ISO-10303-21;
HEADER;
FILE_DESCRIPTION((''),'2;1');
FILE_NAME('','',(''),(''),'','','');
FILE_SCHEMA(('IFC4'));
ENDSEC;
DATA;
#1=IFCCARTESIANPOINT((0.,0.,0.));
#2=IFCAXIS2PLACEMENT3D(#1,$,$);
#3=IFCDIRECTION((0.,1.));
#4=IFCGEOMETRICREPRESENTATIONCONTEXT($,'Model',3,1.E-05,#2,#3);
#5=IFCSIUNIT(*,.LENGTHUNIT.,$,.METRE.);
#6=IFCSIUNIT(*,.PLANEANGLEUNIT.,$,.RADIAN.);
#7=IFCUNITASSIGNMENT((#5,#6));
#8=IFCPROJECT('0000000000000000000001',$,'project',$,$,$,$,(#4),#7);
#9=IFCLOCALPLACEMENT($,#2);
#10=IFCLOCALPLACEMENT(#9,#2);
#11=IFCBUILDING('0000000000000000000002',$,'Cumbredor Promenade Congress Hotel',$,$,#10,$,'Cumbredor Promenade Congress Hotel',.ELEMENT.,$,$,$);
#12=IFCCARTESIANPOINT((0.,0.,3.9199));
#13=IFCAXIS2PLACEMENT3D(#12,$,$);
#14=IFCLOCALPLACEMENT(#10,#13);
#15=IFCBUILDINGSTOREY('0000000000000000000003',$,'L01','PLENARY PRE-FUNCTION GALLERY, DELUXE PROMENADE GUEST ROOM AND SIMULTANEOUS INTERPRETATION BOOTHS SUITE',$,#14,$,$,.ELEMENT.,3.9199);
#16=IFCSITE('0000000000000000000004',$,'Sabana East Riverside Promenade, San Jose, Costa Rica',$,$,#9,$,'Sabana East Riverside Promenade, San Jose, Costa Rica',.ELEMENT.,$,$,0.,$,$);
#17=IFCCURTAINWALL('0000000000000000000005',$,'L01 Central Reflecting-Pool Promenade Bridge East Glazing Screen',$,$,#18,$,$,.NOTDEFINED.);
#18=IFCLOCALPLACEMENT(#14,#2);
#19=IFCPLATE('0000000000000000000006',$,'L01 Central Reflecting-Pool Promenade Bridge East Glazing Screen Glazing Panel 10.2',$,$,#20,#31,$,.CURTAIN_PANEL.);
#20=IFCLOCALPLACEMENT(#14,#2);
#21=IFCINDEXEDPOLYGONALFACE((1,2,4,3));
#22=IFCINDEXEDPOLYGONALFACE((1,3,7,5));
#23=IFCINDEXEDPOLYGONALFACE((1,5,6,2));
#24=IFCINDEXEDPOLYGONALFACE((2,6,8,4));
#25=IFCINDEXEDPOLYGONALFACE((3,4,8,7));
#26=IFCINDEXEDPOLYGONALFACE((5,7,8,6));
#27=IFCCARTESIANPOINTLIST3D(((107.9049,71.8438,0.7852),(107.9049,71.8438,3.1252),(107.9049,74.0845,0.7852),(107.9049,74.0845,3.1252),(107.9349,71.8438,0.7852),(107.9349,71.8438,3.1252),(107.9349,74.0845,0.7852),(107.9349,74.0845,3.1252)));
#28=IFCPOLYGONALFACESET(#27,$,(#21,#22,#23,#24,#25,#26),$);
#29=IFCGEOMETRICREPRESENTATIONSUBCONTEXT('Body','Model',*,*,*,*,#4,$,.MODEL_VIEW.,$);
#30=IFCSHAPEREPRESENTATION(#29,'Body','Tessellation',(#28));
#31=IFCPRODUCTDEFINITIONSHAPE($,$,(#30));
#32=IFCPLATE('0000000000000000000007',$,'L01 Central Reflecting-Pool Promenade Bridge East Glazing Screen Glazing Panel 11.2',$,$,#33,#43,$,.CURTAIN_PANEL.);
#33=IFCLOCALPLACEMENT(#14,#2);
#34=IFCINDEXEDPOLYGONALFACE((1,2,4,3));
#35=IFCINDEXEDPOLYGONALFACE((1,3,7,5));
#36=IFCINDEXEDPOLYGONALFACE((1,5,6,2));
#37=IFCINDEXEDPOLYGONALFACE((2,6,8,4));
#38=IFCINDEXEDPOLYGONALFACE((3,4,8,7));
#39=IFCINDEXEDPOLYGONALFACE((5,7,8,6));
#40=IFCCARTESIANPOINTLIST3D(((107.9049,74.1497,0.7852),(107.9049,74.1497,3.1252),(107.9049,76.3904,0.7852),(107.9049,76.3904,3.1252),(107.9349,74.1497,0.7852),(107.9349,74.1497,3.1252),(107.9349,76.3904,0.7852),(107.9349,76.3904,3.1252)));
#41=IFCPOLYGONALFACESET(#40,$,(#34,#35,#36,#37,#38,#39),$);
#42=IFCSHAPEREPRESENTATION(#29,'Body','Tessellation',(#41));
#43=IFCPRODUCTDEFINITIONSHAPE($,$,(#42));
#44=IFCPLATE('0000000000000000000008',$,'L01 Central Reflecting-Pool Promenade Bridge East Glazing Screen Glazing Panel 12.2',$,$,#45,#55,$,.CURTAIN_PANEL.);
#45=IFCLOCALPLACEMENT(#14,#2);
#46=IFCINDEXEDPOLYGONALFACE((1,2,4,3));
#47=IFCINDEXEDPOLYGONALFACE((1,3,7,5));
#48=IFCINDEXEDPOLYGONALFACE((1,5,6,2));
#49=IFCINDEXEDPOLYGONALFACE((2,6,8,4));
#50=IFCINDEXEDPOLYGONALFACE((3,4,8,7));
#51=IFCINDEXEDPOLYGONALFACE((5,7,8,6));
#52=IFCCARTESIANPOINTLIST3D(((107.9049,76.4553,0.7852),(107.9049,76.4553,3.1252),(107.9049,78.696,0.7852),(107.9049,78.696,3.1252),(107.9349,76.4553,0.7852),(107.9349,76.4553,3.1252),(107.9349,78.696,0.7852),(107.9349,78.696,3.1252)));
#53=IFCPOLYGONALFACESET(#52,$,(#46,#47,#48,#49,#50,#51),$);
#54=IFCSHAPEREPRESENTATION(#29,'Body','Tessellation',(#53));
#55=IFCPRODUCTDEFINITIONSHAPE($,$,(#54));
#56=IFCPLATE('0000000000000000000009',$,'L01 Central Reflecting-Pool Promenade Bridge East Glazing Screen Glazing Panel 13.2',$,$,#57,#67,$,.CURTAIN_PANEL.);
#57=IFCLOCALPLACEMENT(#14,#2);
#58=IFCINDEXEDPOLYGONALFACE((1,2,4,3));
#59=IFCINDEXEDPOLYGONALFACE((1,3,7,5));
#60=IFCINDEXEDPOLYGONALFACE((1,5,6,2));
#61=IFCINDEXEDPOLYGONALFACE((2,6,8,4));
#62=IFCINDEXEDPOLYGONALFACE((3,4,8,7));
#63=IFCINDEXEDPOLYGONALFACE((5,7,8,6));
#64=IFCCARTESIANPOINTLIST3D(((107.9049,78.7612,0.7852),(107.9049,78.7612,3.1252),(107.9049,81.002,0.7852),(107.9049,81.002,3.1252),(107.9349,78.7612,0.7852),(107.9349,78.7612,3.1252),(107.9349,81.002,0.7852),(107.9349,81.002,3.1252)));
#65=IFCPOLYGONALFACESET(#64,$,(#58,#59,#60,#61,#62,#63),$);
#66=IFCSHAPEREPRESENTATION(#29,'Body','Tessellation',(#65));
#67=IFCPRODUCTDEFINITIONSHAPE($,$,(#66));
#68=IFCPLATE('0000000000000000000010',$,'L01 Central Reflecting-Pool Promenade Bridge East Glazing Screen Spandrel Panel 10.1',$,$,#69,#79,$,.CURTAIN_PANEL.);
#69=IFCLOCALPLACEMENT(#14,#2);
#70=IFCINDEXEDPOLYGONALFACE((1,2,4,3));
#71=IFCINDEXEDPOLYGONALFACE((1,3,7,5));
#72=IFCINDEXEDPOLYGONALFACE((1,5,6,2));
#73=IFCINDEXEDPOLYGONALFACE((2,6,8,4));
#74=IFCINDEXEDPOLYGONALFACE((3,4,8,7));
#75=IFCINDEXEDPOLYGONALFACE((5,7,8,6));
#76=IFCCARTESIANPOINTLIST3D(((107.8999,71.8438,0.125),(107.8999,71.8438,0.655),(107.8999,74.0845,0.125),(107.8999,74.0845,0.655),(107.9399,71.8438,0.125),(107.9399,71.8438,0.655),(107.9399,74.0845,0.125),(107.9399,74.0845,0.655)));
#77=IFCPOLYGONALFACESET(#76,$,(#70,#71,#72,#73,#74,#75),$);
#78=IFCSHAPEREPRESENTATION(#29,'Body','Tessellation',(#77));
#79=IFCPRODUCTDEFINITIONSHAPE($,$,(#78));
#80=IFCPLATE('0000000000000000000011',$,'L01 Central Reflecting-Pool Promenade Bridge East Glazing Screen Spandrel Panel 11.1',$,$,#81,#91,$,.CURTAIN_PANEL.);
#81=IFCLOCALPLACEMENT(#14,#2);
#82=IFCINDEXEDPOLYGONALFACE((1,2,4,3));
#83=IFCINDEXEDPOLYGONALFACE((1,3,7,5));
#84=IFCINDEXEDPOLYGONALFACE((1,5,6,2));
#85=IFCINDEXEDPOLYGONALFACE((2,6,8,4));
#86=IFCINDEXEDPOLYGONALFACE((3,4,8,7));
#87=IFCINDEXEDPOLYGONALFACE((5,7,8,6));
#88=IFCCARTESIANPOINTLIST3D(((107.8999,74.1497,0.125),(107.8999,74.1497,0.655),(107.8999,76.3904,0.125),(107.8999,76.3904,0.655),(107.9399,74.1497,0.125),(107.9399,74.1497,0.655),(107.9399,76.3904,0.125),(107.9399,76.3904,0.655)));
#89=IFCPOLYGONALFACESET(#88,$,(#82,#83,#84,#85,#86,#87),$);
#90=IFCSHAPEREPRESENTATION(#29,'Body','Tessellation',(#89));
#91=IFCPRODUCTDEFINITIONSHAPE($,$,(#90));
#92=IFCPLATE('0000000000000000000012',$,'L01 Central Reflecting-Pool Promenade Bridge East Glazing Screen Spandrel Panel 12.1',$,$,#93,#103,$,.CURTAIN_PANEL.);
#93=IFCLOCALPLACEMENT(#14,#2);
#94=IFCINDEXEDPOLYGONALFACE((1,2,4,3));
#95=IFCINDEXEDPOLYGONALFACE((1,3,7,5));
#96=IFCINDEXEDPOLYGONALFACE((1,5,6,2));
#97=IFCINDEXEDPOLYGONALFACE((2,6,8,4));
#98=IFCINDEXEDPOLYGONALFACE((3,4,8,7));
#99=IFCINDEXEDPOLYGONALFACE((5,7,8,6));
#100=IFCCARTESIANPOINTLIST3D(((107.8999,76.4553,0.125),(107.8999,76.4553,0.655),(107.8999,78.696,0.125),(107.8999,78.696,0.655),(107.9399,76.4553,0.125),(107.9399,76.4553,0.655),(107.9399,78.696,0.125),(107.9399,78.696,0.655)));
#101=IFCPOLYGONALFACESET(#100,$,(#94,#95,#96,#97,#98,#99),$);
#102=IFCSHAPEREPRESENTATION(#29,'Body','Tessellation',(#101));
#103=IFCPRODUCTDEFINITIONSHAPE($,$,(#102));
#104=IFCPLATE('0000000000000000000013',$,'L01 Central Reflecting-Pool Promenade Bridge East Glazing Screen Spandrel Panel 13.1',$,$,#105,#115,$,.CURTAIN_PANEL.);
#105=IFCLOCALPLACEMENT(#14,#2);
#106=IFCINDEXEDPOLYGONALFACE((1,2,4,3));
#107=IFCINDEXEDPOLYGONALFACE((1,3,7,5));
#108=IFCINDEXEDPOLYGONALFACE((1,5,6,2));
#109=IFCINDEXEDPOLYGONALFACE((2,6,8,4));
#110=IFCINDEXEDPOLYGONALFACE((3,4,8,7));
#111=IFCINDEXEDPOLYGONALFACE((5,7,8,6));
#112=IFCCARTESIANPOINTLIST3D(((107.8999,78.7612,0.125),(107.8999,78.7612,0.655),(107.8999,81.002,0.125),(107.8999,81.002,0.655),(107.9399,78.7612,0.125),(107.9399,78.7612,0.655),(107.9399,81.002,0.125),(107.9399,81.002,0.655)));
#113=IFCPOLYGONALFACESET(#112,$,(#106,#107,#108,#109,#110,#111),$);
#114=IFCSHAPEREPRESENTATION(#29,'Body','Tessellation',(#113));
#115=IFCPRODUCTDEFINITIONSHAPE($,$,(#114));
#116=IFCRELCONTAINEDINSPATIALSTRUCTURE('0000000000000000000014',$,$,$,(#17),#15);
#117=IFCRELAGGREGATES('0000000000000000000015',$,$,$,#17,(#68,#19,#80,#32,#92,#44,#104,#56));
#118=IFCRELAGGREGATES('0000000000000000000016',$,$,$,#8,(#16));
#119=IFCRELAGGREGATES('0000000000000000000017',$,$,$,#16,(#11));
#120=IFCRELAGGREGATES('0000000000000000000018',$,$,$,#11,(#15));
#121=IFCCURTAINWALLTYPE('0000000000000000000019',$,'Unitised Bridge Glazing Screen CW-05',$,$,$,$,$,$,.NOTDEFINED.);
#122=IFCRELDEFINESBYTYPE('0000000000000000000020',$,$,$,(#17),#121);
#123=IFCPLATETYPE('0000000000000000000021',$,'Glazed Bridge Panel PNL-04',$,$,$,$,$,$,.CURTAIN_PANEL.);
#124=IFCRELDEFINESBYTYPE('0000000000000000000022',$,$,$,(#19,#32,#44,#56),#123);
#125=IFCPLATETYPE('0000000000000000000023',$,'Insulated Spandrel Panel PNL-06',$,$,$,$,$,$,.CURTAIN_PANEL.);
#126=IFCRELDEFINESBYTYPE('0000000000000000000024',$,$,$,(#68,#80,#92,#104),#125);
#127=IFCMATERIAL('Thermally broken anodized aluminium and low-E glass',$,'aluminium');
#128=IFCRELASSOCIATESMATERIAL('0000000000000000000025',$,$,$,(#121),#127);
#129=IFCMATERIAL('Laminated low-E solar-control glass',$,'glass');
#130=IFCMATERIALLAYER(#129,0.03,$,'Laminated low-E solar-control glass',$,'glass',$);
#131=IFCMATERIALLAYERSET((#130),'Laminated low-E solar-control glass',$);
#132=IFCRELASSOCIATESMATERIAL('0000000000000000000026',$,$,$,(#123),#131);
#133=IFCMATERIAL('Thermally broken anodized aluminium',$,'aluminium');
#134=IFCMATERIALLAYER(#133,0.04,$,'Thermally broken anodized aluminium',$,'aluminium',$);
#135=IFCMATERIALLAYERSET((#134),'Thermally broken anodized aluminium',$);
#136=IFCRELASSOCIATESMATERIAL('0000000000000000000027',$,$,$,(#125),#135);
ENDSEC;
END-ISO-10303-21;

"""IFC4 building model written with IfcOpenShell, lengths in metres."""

from ifc_helpers import new_model, si_unit, direction, frame, origin, origin_2d, place, context, subcontext, project, spatial, rectangle, extrude, material, layer, layer_set, type_object, element, aggregate, save


model = new_model("IFC4")

# Units and contexts
model_context = context("Model", 3, precision=1e-05, world=origin(), true_north=direction((0.0, 1.0)))
body_context = subcontext(model_context, "Body", "Model", "MODEL_VIEW")
ifc_project = project(units=[si_unit("LENGTHUNIT", "METRE"), si_unit("PLANEANGLEUNIT", "RADIAN")], contexts=[model_context])

# Site, building, storey
site_placement = place(None, origin())
site = spatial("IfcSite", under=ifc_project, at=site_placement, Name="Sabana East Riverside Promenade, San Jose, Costa Rica", LongName="Sabana East Riverside Promenade, San Jose, Costa Rica", CompositionType="ELEMENT", RefElevation=0.0)
building_placement = place(site_placement, origin())
building = spatial("IfcBuilding", under=site, at=building_placement, Name="Cumbredor Promenade Congress Hotel", LongName="Cumbredor Promenade Congress Hotel", CompositionType="ELEMENT")
storey_placement = place(building_placement, frame((0.0, 0.0, 3.9199)))
storey = spatial("IfcBuildingStorey", under=building, at=storey_placement, Name="L01", Description="PLENARY PRE-FUNCTION GALLERY, DELUXE PROMENADE GUEST ROOM AND SIMULTANEOUS INTERPRETATION BOOTHS SUITE", CompositionType="ELEMENT", Elevation=3.9199)

# Curtain wall, plates
ifc_material_1 = material(Name="Thermally broken anodized aluminium and low-E glass", Category="aluminium")
curtain_wall_type = type_object("IfcCurtainWallType", Name="Unitised Bridge Glazing Screen CW-05", PredefinedType="NOTDEFINED", material=ifc_material_1)
curtain_wall_placement = place(storey_placement, origin())
curtain_wall = element("IfcCurtainWall", 1, at=curtain_wall_placement, inside=storey, type_object=curtain_wall_type, Name="L01 Central Reflecting-Pool Promenade Bridge East Glazing Screen", PredefinedType="NOTDEFINED")
ifc_material_2 = material(Name="Thermally broken anodized aluminium", Category="aluminium")
ifc_material_3 = material(Name="Laminated low-E solar-control glass", Category="glass")
ifc_layer_1 = layer(ifc_material_3, 0.03, Name="Laminated low-E solar-control glass", Category="glass")
ifc_layer_set_1 = layer_set([ifc_layer_1], Name="Laminated low-E solar-control glass")
plate_type_1 = type_object("IfcPlateType", Name="Glazed Bridge Panel PNL-04", PredefinedType="CURTAIN_PANEL", material=ifc_layer_set_1)
plate_1_placement = place(storey_placement, frame((107.9199, 72.9641, 0.7852), z_axis=(0.0, 0.0, 1.0), x_axis=(0.0, 1.0, 0.0)))
plate_1 = element("IfcPlate", 2, at=plate_1_placement, type_object=plate_type_1, Name="L01 Central Reflecting-Pool Promenade Bridge East Glazing Screen Glazing Panel 10.2", PredefinedType="CURTAIN_PANEL", context=body_context, shape_type="SweptSolid", body=[
    extrude(rectangle(XDim=2.2407, YDim=0.03, at=origin_2d()), origin(), (0.0, 0.0, 1.0), 2.3401),
])
plate_2_placement = place(storey_placement, frame((107.9199, 75.27, 0.7852), z_axis=(0.0, 0.0, 1.0), x_axis=(0.0, 1.0, 0.0)))
plate_2 = element("IfcPlate", 3, at=plate_2_placement, type_object=plate_type_1, Name="L01 Central Reflecting-Pool Promenade Bridge East Glazing Screen Glazing Panel 11.2", PredefinedType="CURTAIN_PANEL", context=body_context, shape_type="SweptSolid", body=[
    extrude(rectangle(XDim=2.2407, YDim=0.03, at=origin_2d()), origin(), (0.0, 0.0, 1.0), 2.3401),
])
plate_3_placement = place(storey_placement, frame((107.9199, 77.5757, 0.7852), z_axis=(0.0, 0.0, 1.0), x_axis=(0.0, 1.0, 0.0)))
plate_3 = element("IfcPlate", 4, at=plate_3_placement, type_object=plate_type_1, Name="L01 Central Reflecting-Pool Promenade Bridge East Glazing Screen Glazing Panel 12.2", PredefinedType="CURTAIN_PANEL", context=body_context, shape_type="SweptSolid", body=[
    extrude(rectangle(XDim=2.2407, YDim=0.03, at=origin_2d()), origin(), (0.0, 0.0, 1.0), 2.3401),
])
plate_4_placement = place(storey_placement, frame((107.9199, 79.8816, 0.7852), z_axis=(0.0, 0.0, 1.0), x_axis=(0.0, 1.0, 0.0)))
plate_4 = element("IfcPlate", 5, at=plate_4_placement, type_object=plate_type_1, Name="L01 Central Reflecting-Pool Promenade Bridge East Glazing Screen Glazing Panel 13.2", PredefinedType="CURTAIN_PANEL", context=body_context, shape_type="SweptSolid", body=[
    extrude(rectangle(XDim=2.2407, YDim=0.03, at=origin_2d()), origin(), (0.0, 0.0, 1.0), 2.3401),
])
ifc_layer_2 = layer(ifc_material_2, 0.04, Name="Thermally broken anodized aluminium", Category="aluminium")
ifc_layer_set_2 = layer_set([ifc_layer_2], Name="Thermally broken anodized aluminium")
plate_type_2 = type_object("IfcPlateType", Name="Insulated Spandrel Panel PNL-06", PredefinedType="CURTAIN_PANEL", material=ifc_layer_set_2)
plate_5_placement = place(storey_placement, frame((107.9199, 72.9641, 0.125), z_axis=(0.0, 0.0, 1.0), x_axis=(0.0, 1.0, 0.0)))
plate_5 = element("IfcPlate", 6, at=plate_5_placement, type_object=plate_type_2, Name="L01 Central Reflecting-Pool Promenade Bridge East Glazing Screen Spandrel Panel 10.1", PredefinedType="CURTAIN_PANEL", context=body_context, shape_type="SweptSolid", body=[
    extrude(rectangle(XDim=2.2407, YDim=0.04, at=origin_2d()), origin(), (0.0, 0.0, 1.0), 0.53),
])
plate_6_placement = place(storey_placement, frame((107.9199, 75.27, 0.125), z_axis=(0.0, 0.0, 1.0), x_axis=(0.0, 1.0, 0.0)))
plate_6 = element("IfcPlate", 7, at=plate_6_placement, type_object=plate_type_2, Name="L01 Central Reflecting-Pool Promenade Bridge East Glazing Screen Spandrel Panel 11.1", PredefinedType="CURTAIN_PANEL", context=body_context, shape_type="SweptSolid", body=[
    extrude(rectangle(XDim=2.2407, YDim=0.04, at=origin_2d()), origin(), (0.0, 0.0, 1.0), 0.53),
])
plate_7_placement = place(storey_placement, frame((107.9199, 77.5757, 0.125), z_axis=(0.0, 0.0, 1.0), x_axis=(0.0, 1.0, 0.0)))
plate_7 = element("IfcPlate", 8, at=plate_7_placement, type_object=plate_type_2, Name="L01 Central Reflecting-Pool Promenade Bridge East Glazing Screen Spandrel Panel 12.1", PredefinedType="CURTAIN_PANEL", context=body_context, shape_type="SweptSolid", body=[
    extrude(rectangle(XDim=2.2407, YDim=0.04, at=origin_2d()), origin(), (0.0, 0.0, 1.0), 0.53),
])
plate_8_placement = place(storey_placement, frame((107.9199, 79.8816, 0.125), z_axis=(0.0, 0.0, 1.0), x_axis=(0.0, 1.0, 0.0)))
plate_8 = element("IfcPlate", 9, at=plate_8_placement, type_object=plate_type_2, Name="L01 Central Reflecting-Pool Promenade Bridge East Glazing Screen Spandrel Panel 13.1", PredefinedType="CURTAIN_PANEL", context=body_context, shape_type="SweptSolid", body=[
    extrude(rectangle(XDim=2.2407, YDim=0.04, at=origin_2d()), origin(), (0.0, 0.0, 1.0), 0.53),
])
aggregate(curtain_wall, [plate_5, plate_1, plate_6, plate_2, plate_7, plate_3, plate_8, plate_4])

save(model, "model.ifc")
